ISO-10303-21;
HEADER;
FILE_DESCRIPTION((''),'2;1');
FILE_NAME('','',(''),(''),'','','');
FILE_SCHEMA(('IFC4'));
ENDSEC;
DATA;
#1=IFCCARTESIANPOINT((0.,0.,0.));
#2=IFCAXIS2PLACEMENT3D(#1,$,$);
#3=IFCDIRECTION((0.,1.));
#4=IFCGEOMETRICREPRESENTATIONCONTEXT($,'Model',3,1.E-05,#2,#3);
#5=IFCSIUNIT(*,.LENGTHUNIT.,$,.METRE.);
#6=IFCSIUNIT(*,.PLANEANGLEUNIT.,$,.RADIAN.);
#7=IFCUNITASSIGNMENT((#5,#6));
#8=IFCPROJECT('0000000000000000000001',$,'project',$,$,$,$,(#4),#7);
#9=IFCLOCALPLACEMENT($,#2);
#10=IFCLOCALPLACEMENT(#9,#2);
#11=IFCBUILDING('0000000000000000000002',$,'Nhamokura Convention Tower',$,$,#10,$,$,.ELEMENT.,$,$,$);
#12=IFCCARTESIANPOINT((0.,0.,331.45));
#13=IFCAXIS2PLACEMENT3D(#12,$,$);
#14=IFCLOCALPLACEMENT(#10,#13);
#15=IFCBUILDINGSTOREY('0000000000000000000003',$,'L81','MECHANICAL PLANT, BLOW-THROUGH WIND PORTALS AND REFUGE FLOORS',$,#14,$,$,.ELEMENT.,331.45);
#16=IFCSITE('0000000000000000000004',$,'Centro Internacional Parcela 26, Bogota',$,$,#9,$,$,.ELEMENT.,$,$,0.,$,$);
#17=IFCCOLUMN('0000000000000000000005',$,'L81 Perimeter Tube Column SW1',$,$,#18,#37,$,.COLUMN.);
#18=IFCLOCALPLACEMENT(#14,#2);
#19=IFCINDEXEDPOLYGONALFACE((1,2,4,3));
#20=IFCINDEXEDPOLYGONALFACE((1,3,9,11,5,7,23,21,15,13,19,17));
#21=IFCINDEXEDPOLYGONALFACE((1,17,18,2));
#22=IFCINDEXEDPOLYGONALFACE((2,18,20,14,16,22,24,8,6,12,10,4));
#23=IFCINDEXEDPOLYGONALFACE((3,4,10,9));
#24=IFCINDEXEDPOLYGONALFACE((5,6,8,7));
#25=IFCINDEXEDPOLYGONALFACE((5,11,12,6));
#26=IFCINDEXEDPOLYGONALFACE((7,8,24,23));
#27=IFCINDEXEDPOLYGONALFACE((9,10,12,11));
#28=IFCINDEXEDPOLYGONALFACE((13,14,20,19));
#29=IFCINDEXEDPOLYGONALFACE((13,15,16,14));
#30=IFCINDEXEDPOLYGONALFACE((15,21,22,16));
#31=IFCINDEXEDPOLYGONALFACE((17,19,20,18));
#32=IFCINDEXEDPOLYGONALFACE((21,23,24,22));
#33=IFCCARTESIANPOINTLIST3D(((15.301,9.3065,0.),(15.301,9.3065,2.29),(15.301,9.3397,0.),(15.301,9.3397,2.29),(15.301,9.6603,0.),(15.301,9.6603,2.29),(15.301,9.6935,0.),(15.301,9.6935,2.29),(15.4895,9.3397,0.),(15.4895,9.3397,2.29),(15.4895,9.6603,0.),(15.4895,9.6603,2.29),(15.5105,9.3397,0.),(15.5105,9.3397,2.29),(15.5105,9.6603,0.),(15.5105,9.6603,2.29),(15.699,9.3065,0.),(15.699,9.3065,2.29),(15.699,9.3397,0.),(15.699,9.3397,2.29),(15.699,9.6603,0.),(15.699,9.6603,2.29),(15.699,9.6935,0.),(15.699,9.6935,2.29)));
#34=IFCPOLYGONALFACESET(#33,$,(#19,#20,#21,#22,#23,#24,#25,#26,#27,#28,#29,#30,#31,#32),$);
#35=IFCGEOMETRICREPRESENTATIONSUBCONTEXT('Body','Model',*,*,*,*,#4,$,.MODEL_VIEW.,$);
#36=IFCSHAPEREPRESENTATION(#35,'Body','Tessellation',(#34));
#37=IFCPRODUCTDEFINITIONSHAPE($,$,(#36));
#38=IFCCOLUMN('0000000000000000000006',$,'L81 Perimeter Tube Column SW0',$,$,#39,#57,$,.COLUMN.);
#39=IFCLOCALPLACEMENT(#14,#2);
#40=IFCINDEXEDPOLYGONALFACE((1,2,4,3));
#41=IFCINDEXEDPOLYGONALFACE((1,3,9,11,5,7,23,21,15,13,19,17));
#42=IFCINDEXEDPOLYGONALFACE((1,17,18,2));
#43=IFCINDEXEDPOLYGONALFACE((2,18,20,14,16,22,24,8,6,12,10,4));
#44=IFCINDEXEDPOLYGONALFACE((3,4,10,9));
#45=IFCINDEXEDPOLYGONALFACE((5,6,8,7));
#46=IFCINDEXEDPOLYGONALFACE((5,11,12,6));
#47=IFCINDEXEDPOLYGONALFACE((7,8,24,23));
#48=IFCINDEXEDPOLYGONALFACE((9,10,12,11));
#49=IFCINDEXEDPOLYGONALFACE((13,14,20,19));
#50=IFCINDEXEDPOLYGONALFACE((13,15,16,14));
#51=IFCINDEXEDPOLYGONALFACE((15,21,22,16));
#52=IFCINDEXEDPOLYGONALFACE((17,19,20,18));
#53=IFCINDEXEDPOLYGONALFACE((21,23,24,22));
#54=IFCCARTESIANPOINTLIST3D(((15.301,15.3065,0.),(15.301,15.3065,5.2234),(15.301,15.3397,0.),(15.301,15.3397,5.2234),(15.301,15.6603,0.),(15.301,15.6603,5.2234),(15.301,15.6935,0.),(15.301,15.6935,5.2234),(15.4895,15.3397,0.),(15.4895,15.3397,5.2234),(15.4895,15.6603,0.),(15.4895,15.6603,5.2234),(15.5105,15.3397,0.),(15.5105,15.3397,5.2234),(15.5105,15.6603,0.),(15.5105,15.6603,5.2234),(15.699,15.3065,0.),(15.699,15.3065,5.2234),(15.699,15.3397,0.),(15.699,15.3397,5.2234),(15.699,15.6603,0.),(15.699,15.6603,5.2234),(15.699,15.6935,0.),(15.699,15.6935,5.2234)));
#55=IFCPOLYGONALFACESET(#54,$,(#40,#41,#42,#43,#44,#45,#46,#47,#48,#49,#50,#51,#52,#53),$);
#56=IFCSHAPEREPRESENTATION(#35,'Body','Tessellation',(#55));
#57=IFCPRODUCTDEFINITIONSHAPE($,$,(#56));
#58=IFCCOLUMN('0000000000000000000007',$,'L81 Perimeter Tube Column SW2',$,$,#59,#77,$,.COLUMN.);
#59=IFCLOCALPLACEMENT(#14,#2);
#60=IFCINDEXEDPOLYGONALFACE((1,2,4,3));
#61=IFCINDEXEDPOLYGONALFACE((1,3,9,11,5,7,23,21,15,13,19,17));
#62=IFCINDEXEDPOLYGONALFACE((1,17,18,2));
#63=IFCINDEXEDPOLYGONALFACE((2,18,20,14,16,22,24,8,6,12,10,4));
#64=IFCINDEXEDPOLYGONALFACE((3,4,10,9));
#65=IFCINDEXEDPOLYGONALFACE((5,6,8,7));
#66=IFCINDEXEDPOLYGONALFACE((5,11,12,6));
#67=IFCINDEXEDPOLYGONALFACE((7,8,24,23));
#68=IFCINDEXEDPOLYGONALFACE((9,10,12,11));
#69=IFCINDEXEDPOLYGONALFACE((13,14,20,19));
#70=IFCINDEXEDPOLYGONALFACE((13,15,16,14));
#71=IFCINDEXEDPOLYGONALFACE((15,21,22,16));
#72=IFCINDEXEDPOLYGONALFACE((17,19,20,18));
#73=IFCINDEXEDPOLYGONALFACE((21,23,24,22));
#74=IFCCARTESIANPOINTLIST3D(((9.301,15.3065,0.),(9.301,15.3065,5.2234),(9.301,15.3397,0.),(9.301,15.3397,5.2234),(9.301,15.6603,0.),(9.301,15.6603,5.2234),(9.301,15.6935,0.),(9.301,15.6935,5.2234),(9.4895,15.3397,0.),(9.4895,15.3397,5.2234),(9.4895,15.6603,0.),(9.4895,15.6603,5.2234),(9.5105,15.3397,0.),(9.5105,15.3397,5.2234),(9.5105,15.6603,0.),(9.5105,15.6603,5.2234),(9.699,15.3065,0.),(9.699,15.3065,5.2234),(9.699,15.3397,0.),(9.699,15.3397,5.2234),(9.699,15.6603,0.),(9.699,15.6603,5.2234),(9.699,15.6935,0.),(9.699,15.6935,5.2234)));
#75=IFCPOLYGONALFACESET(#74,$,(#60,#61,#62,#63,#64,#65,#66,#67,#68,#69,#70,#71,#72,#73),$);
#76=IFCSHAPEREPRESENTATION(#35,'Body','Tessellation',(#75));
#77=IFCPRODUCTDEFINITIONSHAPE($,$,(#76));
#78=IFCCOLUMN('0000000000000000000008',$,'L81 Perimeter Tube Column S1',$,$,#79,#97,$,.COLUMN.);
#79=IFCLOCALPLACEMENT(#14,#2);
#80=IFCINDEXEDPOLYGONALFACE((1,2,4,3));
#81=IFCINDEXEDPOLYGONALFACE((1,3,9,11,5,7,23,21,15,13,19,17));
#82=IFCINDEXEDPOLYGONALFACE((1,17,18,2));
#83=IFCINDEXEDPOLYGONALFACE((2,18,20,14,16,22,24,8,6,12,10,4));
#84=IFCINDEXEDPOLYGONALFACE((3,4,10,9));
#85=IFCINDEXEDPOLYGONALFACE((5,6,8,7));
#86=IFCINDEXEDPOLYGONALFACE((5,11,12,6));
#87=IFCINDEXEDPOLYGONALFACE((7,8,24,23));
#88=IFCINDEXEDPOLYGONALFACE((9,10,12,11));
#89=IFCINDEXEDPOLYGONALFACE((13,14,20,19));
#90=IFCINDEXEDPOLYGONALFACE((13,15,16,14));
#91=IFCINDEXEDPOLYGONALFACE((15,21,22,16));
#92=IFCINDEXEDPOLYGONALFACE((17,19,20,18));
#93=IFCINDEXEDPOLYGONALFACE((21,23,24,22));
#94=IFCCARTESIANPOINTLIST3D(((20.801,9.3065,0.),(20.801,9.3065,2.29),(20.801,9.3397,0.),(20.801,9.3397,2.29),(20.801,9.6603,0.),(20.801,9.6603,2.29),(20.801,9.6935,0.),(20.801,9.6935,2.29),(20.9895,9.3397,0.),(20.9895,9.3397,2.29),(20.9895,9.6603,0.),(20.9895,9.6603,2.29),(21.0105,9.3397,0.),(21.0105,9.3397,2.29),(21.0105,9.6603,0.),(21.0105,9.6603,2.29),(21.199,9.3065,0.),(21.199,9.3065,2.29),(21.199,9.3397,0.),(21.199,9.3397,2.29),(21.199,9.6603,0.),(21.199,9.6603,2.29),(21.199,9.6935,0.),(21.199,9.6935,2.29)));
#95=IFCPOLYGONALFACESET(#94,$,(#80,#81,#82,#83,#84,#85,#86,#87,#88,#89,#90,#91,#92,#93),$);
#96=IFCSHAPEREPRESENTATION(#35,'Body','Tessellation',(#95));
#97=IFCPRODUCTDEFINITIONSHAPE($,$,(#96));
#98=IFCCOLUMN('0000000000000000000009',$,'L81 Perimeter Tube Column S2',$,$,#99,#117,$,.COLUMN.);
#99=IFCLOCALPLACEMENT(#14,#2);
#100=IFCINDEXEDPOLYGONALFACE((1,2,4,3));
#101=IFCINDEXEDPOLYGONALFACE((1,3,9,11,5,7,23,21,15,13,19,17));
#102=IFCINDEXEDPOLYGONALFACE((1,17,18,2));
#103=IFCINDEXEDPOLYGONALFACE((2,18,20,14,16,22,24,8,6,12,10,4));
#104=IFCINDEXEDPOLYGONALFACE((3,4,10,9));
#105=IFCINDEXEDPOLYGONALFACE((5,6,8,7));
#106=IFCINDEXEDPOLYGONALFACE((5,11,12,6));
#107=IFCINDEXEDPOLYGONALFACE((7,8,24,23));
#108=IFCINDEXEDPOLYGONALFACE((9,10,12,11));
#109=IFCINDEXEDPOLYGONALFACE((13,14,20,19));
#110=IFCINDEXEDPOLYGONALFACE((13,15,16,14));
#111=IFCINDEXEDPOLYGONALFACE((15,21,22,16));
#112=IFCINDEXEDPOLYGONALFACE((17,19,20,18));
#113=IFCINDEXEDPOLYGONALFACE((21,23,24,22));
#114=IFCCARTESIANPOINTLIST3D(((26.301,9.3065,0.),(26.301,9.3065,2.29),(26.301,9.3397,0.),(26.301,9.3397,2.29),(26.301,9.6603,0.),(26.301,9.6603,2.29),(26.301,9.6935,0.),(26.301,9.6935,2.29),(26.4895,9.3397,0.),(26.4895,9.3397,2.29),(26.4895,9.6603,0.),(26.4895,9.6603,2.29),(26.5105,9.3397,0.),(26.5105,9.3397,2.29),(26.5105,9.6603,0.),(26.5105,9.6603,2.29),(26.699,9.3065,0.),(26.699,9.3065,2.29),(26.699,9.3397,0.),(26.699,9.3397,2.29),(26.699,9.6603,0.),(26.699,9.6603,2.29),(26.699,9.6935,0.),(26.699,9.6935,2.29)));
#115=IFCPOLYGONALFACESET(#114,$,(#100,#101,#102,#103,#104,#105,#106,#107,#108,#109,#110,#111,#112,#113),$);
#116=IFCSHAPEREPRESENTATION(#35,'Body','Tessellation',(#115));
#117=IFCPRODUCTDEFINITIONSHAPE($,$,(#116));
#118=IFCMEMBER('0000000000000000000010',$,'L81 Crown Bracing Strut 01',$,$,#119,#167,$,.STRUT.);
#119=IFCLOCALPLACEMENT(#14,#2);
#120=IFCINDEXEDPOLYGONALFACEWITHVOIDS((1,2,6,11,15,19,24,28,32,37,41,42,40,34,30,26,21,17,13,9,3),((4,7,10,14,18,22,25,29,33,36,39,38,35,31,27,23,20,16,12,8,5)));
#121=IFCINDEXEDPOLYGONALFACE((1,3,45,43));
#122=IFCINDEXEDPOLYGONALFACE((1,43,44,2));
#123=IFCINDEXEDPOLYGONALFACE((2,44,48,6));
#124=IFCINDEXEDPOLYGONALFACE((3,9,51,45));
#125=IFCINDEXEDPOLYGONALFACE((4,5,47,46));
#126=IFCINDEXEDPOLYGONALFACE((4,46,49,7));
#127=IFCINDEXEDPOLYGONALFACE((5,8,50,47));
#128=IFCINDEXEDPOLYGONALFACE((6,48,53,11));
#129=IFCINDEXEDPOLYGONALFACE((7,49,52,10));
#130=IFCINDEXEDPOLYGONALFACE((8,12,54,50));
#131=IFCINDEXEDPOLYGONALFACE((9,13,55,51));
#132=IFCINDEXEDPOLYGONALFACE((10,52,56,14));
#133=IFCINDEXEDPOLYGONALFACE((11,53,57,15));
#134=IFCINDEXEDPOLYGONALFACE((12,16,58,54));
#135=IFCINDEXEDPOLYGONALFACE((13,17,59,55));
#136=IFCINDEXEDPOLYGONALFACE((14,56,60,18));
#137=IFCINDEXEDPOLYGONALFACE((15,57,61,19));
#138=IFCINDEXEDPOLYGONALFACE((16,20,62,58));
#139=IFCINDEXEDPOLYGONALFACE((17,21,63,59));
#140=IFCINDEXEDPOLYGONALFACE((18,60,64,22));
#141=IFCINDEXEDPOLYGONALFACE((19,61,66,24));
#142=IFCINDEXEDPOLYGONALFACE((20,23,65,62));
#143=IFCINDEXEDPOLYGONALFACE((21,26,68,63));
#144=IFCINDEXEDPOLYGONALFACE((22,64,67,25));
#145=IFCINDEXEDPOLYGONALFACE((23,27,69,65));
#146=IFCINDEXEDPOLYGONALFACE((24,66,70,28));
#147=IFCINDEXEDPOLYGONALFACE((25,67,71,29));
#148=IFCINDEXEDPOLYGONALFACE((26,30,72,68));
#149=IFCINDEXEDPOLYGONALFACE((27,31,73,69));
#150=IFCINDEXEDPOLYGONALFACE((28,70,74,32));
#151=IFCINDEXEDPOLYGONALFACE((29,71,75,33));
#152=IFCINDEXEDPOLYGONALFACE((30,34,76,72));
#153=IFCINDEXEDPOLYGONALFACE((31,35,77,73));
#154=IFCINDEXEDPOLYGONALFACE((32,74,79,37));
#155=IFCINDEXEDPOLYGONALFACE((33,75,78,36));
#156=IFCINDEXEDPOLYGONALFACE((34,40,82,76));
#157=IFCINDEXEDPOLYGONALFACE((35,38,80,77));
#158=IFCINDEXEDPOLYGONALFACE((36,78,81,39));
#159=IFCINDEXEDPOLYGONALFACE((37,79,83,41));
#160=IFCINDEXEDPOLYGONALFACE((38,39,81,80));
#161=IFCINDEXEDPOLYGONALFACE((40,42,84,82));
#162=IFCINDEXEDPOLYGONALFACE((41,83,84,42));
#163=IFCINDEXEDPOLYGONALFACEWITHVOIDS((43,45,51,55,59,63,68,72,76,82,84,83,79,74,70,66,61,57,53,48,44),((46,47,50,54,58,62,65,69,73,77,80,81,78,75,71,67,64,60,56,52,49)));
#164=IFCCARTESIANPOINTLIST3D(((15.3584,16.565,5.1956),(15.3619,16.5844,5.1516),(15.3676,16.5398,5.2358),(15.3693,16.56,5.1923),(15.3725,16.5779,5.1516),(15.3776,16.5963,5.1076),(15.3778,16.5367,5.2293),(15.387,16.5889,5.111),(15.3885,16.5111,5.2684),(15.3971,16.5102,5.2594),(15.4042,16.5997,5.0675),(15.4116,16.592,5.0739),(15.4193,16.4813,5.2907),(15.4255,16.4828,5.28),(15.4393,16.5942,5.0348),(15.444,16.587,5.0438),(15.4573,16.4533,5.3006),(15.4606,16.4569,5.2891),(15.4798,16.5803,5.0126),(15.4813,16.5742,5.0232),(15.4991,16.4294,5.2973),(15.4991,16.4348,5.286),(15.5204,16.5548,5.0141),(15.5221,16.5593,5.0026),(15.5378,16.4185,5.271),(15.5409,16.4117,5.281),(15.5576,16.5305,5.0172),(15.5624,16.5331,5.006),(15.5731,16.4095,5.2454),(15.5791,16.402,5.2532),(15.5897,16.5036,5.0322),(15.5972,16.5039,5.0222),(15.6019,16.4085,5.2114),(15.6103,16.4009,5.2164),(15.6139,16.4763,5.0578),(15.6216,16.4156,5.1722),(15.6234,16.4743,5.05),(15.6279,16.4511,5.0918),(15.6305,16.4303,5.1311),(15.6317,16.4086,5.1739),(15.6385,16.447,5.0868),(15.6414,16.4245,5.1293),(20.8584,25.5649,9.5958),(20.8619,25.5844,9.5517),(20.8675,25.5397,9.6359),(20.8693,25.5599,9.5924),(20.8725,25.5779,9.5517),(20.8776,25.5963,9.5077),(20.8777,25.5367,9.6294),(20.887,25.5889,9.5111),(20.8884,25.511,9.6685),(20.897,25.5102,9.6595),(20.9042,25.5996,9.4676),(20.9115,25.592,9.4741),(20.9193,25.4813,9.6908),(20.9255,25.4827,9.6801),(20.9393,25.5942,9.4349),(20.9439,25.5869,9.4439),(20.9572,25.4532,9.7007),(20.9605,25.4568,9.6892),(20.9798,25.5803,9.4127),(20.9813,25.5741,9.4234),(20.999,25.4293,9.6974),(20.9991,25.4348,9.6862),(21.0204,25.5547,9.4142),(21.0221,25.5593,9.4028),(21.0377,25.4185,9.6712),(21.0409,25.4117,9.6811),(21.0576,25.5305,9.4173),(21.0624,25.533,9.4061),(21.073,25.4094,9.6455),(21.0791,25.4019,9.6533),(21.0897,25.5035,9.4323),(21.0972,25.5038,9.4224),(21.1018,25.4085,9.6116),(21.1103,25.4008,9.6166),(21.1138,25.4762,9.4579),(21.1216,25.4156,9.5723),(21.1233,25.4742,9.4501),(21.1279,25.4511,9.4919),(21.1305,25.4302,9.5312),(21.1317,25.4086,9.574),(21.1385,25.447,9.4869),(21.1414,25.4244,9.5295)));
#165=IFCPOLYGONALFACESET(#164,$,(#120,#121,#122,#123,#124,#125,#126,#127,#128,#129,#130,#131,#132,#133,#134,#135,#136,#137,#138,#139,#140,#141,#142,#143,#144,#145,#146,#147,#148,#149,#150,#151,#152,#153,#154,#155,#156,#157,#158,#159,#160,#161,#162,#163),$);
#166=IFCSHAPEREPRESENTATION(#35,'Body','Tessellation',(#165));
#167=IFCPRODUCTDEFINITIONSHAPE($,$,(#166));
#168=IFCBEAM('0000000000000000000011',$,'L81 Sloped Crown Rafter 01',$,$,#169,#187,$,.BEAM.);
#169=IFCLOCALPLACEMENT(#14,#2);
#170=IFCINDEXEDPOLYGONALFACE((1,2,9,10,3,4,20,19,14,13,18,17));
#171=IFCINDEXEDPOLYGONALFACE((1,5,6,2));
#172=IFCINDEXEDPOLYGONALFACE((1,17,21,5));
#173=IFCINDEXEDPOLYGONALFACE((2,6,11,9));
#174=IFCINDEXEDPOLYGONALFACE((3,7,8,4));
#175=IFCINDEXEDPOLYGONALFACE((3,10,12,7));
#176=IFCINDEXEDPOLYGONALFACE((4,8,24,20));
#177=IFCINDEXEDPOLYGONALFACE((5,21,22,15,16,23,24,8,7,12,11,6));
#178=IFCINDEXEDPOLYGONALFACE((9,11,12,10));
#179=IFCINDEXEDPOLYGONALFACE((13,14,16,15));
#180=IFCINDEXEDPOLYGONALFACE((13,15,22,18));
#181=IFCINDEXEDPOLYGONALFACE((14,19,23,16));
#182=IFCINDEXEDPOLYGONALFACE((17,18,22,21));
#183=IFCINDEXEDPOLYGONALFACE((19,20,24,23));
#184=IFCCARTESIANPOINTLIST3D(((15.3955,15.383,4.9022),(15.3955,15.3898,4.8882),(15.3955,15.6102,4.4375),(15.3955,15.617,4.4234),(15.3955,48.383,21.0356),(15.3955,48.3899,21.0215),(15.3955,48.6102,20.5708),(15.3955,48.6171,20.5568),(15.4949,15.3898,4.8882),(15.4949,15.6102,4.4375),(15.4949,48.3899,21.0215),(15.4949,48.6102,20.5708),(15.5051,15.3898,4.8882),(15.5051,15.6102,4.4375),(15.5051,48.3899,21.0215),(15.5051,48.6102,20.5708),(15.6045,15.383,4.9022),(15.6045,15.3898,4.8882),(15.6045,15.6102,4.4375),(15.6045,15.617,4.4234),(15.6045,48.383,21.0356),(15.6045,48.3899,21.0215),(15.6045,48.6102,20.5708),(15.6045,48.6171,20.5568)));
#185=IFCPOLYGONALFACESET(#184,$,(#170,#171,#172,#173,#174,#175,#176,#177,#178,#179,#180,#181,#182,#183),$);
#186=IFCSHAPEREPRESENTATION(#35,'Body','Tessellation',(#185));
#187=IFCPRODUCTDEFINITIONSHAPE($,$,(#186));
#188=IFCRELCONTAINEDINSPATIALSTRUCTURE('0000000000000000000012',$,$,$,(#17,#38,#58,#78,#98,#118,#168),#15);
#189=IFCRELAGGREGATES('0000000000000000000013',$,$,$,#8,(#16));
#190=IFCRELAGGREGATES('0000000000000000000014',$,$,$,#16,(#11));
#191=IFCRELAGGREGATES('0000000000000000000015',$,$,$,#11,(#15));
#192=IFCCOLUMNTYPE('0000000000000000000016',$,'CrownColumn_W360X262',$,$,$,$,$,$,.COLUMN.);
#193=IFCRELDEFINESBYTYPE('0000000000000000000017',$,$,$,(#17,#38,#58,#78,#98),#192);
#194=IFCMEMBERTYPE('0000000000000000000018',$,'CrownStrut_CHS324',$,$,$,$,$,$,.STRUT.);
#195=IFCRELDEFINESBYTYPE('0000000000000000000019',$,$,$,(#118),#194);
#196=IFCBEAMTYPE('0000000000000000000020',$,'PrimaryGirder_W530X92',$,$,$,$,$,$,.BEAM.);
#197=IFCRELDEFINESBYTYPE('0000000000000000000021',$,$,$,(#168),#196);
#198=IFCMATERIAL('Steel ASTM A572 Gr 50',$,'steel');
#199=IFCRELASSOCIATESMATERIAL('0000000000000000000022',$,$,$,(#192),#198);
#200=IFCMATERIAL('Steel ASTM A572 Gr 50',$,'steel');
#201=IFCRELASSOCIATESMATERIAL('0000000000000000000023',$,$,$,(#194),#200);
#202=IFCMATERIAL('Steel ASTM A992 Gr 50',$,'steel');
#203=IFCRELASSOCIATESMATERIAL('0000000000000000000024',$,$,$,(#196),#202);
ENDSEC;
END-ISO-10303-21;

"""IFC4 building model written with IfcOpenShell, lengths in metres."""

from ifc_helpers import new_model, si_unit, direction, frame, origin, origin_2d, place, context, subcontext, project, spatial, hollow_circle, i_section, extrude, material, material_profile, profile_set, type_object, element, save


model = new_model("IFC4")

# Units and contexts
model_context = context("Model", 3, precision=1e-05, world=origin(), true_north=direction((0.0, 1.0)))
body_context = subcontext(model_context, "Body", "Model", "MODEL_VIEW")
ifc_project = project(units=[si_unit("LENGTHUNIT", "METRE"), si_unit("PLANEANGLEUNIT", "RADIAN")], contexts=[model_context])

# Site, building, storey
site_placement = place(None, origin())
site = spatial("IfcSite", under=ifc_project, at=site_placement, Name="Centro Internacional Parcela 26, Bogota", CompositionType="ELEMENT", RefElevation=0.0)
building_placement = place(site_placement, origin())
building = spatial("IfcBuilding", under=site, at=building_placement, Name="Nhamokura Convention Tower", CompositionType="ELEMENT")
storey_placement = place(building_placement, frame((0.0, 0.0, 331.45)))
storey = spatial("IfcBuildingStorey", under=building, at=storey_placement, Name="L81", Description="MECHANICAL PLANT, BLOW-THROUGH WIND PORTALS AND REFUGE FLOORS", CompositionType="ELEMENT", Elevation=331.45)

# Columns
ifc_material_1 = material(Name="Steel ASTM A572 Gr 50", Category="steel")
ifc_material_profile_1 = material_profile(ifc_material_1, i_section(OverallWidth=0.3979, OverallDepth=0.387, WebThickness=0.021, FlangeThickness=0.0332, at=origin_2d()))
ifc_profile_set_1 = profile_set([ifc_material_profile_1], Name="Steel ASTM A572 Gr 50")
column_type = type_object("IfcColumnType", Name="CrownColumn_W360X262", PredefinedType="COLUMN", material=ifc_profile_set_1)
column_placement = place(storey_placement, frame((15.5, 9.5, 0.0), z_axis=(0.0, 0.0, 1.0), x_axis=(1.0, 0.0, 0.0)))
element("IfcColumn", 1, at=column_placement, inside=storey, type_object=column_type, Name="L81 Perimeter Tube Column SW1", PredefinedType="COLUMN", context=body_context, shape_type="SweptSolid", body=[
    extrude(i_section(OverallWidth=0.3979, OverallDepth=0.387, WebThickness=0.021, FlangeThickness=0.0332, at=origin_2d()), origin(), (0.0, 0.0, 1.0), 2.29),
])
for number, where, z_axis, x_axis, name in (
    (2, (15.5, 15.5, 0.0), (0.0, 0.0, 1.0), (1.0, 0.0, 0.0), "L81 Perimeter Tube Column SW0"),
    (3, (9.5, 15.5, 0.0), (0.0, 0.0, 1.0), (1.0, 0.0, 0.0), "L81 Perimeter Tube Column SW2"),
):
    element("IfcColumn", number, at=place(storey_placement, frame(where, z_axis=z_axis, x_axis=x_axis)), inside=storey, type_object=column_type, Name=name, PredefinedType="COLUMN", context=body_context, shape_type="SweptSolid", body=[
        extrude(i_section(OverallWidth=0.3979, OverallDepth=0.387, WebThickness=0.021, FlangeThickness=0.0332, at=origin_2d()), origin(), (0.0, 0.0, 1.0), 5.2234),
    ])
for number, where, z_axis, x_axis, name in (
    (4, (21.0, 9.5, 0.0), (0.0, 0.0, 1.0), (1.0, 0.0, 0.0), "L81 Perimeter Tube Column S1"),
    (5, (26.5, 9.5, 0.0), (0.0, 0.0, 1.0), (1.0, 0.0, 0.0), "L81 Perimeter Tube Column S2"),
):
    element("IfcColumn", number, at=place(storey_placement, frame(where, z_axis=z_axis, x_axis=x_axis)), inside=storey, type_object=column_type, Name=name, PredefinedType="COLUMN", context=body_context, shape_type="SweptSolid", body=[
        extrude(i_section(OverallWidth=0.3979, OverallDepth=0.387, WebThickness=0.021, FlangeThickness=0.0332, at=origin_2d()), origin(), (0.0, 0.0, 1.0), 2.29),
    ])

# Member
ifc_material_2 = material(Name="Steel ASTM A572 Gr 50", Category="steel")
ifc_material_profile_2 = material_profile(ifc_material_2, hollow_circle(Radius=0.1619, WallThickness=0.0125, at=origin_2d()))
ifc_profile_set_2 = profile_set([ifc_material_profile_2], Name="Steel ASTM A572 Gr 50")
member_type = type_object("IfcMemberType", Name="CrownStrut_CHS324", PredefinedType="STRUT", material=ifc_profile_set_2)
member_placement = place(storey_placement, frame((15.5, 16.5, 5.1516), z_axis=(0.481252, 0.787503, 0.385014), x_axis=(-0.853282, 0.52145, 0.0)))
element("IfcMember", 6, at=member_placement, inside=storey, type_object=member_type, Name="L81 Crown Bracing Strut 01", PredefinedType="STRUT", context=body_context, shape_type="SweptSolid", body=[
    extrude(hollow_circle(Radius=0.1619, WallThickness=0.0125, at=origin_2d()), origin(), (0.0, 0.0, 1.0), 11.4285),
])

# Beam
ifc_material_3 = material(Name="Steel ASTM A992 Gr 50", Category="steel")
ifc_material_profile_3 = material_profile(ifc_material_3, i_section(OverallWidth=0.209, OverallDepth=0.533, WebThickness=0.0103, FlangeThickness=0.0156, at=origin_2d()))
ifc_profile_set_3 = profile_set([ifc_material_profile_3], Name="Steel ASTM A992 Gr 50")
beam_type_1 = type_object("IfcBeamType", Name="PrimaryGirder_W530X92", PredefinedType="BEAM", material=ifc_profile_set_3)
beam_1_placement = place(storey_placement, frame((15.5, 15.5, 4.6628), z_axis=(0.0, 0.898385, 0.439209), x_axis=(-1.0, 0.0, 0.0)))
element("IfcBeam", 7, at=beam_1_placement, inside=storey, type_object=beam_type_1, Name="L81 Sloped Crown Rafter 01", PredefinedType="BEAM", context=body_context, shape_type="SweptSolid", body=[
    extrude(i_section(OverallWidth=0.209, OverallDepth=0.533, WebThickness=0.0103, FlangeThickness=0.0156, at=origin_2d()), origin(), (0.0, 0.0, 1.0), 36.7327),
])

save(model, "model.ifc")
